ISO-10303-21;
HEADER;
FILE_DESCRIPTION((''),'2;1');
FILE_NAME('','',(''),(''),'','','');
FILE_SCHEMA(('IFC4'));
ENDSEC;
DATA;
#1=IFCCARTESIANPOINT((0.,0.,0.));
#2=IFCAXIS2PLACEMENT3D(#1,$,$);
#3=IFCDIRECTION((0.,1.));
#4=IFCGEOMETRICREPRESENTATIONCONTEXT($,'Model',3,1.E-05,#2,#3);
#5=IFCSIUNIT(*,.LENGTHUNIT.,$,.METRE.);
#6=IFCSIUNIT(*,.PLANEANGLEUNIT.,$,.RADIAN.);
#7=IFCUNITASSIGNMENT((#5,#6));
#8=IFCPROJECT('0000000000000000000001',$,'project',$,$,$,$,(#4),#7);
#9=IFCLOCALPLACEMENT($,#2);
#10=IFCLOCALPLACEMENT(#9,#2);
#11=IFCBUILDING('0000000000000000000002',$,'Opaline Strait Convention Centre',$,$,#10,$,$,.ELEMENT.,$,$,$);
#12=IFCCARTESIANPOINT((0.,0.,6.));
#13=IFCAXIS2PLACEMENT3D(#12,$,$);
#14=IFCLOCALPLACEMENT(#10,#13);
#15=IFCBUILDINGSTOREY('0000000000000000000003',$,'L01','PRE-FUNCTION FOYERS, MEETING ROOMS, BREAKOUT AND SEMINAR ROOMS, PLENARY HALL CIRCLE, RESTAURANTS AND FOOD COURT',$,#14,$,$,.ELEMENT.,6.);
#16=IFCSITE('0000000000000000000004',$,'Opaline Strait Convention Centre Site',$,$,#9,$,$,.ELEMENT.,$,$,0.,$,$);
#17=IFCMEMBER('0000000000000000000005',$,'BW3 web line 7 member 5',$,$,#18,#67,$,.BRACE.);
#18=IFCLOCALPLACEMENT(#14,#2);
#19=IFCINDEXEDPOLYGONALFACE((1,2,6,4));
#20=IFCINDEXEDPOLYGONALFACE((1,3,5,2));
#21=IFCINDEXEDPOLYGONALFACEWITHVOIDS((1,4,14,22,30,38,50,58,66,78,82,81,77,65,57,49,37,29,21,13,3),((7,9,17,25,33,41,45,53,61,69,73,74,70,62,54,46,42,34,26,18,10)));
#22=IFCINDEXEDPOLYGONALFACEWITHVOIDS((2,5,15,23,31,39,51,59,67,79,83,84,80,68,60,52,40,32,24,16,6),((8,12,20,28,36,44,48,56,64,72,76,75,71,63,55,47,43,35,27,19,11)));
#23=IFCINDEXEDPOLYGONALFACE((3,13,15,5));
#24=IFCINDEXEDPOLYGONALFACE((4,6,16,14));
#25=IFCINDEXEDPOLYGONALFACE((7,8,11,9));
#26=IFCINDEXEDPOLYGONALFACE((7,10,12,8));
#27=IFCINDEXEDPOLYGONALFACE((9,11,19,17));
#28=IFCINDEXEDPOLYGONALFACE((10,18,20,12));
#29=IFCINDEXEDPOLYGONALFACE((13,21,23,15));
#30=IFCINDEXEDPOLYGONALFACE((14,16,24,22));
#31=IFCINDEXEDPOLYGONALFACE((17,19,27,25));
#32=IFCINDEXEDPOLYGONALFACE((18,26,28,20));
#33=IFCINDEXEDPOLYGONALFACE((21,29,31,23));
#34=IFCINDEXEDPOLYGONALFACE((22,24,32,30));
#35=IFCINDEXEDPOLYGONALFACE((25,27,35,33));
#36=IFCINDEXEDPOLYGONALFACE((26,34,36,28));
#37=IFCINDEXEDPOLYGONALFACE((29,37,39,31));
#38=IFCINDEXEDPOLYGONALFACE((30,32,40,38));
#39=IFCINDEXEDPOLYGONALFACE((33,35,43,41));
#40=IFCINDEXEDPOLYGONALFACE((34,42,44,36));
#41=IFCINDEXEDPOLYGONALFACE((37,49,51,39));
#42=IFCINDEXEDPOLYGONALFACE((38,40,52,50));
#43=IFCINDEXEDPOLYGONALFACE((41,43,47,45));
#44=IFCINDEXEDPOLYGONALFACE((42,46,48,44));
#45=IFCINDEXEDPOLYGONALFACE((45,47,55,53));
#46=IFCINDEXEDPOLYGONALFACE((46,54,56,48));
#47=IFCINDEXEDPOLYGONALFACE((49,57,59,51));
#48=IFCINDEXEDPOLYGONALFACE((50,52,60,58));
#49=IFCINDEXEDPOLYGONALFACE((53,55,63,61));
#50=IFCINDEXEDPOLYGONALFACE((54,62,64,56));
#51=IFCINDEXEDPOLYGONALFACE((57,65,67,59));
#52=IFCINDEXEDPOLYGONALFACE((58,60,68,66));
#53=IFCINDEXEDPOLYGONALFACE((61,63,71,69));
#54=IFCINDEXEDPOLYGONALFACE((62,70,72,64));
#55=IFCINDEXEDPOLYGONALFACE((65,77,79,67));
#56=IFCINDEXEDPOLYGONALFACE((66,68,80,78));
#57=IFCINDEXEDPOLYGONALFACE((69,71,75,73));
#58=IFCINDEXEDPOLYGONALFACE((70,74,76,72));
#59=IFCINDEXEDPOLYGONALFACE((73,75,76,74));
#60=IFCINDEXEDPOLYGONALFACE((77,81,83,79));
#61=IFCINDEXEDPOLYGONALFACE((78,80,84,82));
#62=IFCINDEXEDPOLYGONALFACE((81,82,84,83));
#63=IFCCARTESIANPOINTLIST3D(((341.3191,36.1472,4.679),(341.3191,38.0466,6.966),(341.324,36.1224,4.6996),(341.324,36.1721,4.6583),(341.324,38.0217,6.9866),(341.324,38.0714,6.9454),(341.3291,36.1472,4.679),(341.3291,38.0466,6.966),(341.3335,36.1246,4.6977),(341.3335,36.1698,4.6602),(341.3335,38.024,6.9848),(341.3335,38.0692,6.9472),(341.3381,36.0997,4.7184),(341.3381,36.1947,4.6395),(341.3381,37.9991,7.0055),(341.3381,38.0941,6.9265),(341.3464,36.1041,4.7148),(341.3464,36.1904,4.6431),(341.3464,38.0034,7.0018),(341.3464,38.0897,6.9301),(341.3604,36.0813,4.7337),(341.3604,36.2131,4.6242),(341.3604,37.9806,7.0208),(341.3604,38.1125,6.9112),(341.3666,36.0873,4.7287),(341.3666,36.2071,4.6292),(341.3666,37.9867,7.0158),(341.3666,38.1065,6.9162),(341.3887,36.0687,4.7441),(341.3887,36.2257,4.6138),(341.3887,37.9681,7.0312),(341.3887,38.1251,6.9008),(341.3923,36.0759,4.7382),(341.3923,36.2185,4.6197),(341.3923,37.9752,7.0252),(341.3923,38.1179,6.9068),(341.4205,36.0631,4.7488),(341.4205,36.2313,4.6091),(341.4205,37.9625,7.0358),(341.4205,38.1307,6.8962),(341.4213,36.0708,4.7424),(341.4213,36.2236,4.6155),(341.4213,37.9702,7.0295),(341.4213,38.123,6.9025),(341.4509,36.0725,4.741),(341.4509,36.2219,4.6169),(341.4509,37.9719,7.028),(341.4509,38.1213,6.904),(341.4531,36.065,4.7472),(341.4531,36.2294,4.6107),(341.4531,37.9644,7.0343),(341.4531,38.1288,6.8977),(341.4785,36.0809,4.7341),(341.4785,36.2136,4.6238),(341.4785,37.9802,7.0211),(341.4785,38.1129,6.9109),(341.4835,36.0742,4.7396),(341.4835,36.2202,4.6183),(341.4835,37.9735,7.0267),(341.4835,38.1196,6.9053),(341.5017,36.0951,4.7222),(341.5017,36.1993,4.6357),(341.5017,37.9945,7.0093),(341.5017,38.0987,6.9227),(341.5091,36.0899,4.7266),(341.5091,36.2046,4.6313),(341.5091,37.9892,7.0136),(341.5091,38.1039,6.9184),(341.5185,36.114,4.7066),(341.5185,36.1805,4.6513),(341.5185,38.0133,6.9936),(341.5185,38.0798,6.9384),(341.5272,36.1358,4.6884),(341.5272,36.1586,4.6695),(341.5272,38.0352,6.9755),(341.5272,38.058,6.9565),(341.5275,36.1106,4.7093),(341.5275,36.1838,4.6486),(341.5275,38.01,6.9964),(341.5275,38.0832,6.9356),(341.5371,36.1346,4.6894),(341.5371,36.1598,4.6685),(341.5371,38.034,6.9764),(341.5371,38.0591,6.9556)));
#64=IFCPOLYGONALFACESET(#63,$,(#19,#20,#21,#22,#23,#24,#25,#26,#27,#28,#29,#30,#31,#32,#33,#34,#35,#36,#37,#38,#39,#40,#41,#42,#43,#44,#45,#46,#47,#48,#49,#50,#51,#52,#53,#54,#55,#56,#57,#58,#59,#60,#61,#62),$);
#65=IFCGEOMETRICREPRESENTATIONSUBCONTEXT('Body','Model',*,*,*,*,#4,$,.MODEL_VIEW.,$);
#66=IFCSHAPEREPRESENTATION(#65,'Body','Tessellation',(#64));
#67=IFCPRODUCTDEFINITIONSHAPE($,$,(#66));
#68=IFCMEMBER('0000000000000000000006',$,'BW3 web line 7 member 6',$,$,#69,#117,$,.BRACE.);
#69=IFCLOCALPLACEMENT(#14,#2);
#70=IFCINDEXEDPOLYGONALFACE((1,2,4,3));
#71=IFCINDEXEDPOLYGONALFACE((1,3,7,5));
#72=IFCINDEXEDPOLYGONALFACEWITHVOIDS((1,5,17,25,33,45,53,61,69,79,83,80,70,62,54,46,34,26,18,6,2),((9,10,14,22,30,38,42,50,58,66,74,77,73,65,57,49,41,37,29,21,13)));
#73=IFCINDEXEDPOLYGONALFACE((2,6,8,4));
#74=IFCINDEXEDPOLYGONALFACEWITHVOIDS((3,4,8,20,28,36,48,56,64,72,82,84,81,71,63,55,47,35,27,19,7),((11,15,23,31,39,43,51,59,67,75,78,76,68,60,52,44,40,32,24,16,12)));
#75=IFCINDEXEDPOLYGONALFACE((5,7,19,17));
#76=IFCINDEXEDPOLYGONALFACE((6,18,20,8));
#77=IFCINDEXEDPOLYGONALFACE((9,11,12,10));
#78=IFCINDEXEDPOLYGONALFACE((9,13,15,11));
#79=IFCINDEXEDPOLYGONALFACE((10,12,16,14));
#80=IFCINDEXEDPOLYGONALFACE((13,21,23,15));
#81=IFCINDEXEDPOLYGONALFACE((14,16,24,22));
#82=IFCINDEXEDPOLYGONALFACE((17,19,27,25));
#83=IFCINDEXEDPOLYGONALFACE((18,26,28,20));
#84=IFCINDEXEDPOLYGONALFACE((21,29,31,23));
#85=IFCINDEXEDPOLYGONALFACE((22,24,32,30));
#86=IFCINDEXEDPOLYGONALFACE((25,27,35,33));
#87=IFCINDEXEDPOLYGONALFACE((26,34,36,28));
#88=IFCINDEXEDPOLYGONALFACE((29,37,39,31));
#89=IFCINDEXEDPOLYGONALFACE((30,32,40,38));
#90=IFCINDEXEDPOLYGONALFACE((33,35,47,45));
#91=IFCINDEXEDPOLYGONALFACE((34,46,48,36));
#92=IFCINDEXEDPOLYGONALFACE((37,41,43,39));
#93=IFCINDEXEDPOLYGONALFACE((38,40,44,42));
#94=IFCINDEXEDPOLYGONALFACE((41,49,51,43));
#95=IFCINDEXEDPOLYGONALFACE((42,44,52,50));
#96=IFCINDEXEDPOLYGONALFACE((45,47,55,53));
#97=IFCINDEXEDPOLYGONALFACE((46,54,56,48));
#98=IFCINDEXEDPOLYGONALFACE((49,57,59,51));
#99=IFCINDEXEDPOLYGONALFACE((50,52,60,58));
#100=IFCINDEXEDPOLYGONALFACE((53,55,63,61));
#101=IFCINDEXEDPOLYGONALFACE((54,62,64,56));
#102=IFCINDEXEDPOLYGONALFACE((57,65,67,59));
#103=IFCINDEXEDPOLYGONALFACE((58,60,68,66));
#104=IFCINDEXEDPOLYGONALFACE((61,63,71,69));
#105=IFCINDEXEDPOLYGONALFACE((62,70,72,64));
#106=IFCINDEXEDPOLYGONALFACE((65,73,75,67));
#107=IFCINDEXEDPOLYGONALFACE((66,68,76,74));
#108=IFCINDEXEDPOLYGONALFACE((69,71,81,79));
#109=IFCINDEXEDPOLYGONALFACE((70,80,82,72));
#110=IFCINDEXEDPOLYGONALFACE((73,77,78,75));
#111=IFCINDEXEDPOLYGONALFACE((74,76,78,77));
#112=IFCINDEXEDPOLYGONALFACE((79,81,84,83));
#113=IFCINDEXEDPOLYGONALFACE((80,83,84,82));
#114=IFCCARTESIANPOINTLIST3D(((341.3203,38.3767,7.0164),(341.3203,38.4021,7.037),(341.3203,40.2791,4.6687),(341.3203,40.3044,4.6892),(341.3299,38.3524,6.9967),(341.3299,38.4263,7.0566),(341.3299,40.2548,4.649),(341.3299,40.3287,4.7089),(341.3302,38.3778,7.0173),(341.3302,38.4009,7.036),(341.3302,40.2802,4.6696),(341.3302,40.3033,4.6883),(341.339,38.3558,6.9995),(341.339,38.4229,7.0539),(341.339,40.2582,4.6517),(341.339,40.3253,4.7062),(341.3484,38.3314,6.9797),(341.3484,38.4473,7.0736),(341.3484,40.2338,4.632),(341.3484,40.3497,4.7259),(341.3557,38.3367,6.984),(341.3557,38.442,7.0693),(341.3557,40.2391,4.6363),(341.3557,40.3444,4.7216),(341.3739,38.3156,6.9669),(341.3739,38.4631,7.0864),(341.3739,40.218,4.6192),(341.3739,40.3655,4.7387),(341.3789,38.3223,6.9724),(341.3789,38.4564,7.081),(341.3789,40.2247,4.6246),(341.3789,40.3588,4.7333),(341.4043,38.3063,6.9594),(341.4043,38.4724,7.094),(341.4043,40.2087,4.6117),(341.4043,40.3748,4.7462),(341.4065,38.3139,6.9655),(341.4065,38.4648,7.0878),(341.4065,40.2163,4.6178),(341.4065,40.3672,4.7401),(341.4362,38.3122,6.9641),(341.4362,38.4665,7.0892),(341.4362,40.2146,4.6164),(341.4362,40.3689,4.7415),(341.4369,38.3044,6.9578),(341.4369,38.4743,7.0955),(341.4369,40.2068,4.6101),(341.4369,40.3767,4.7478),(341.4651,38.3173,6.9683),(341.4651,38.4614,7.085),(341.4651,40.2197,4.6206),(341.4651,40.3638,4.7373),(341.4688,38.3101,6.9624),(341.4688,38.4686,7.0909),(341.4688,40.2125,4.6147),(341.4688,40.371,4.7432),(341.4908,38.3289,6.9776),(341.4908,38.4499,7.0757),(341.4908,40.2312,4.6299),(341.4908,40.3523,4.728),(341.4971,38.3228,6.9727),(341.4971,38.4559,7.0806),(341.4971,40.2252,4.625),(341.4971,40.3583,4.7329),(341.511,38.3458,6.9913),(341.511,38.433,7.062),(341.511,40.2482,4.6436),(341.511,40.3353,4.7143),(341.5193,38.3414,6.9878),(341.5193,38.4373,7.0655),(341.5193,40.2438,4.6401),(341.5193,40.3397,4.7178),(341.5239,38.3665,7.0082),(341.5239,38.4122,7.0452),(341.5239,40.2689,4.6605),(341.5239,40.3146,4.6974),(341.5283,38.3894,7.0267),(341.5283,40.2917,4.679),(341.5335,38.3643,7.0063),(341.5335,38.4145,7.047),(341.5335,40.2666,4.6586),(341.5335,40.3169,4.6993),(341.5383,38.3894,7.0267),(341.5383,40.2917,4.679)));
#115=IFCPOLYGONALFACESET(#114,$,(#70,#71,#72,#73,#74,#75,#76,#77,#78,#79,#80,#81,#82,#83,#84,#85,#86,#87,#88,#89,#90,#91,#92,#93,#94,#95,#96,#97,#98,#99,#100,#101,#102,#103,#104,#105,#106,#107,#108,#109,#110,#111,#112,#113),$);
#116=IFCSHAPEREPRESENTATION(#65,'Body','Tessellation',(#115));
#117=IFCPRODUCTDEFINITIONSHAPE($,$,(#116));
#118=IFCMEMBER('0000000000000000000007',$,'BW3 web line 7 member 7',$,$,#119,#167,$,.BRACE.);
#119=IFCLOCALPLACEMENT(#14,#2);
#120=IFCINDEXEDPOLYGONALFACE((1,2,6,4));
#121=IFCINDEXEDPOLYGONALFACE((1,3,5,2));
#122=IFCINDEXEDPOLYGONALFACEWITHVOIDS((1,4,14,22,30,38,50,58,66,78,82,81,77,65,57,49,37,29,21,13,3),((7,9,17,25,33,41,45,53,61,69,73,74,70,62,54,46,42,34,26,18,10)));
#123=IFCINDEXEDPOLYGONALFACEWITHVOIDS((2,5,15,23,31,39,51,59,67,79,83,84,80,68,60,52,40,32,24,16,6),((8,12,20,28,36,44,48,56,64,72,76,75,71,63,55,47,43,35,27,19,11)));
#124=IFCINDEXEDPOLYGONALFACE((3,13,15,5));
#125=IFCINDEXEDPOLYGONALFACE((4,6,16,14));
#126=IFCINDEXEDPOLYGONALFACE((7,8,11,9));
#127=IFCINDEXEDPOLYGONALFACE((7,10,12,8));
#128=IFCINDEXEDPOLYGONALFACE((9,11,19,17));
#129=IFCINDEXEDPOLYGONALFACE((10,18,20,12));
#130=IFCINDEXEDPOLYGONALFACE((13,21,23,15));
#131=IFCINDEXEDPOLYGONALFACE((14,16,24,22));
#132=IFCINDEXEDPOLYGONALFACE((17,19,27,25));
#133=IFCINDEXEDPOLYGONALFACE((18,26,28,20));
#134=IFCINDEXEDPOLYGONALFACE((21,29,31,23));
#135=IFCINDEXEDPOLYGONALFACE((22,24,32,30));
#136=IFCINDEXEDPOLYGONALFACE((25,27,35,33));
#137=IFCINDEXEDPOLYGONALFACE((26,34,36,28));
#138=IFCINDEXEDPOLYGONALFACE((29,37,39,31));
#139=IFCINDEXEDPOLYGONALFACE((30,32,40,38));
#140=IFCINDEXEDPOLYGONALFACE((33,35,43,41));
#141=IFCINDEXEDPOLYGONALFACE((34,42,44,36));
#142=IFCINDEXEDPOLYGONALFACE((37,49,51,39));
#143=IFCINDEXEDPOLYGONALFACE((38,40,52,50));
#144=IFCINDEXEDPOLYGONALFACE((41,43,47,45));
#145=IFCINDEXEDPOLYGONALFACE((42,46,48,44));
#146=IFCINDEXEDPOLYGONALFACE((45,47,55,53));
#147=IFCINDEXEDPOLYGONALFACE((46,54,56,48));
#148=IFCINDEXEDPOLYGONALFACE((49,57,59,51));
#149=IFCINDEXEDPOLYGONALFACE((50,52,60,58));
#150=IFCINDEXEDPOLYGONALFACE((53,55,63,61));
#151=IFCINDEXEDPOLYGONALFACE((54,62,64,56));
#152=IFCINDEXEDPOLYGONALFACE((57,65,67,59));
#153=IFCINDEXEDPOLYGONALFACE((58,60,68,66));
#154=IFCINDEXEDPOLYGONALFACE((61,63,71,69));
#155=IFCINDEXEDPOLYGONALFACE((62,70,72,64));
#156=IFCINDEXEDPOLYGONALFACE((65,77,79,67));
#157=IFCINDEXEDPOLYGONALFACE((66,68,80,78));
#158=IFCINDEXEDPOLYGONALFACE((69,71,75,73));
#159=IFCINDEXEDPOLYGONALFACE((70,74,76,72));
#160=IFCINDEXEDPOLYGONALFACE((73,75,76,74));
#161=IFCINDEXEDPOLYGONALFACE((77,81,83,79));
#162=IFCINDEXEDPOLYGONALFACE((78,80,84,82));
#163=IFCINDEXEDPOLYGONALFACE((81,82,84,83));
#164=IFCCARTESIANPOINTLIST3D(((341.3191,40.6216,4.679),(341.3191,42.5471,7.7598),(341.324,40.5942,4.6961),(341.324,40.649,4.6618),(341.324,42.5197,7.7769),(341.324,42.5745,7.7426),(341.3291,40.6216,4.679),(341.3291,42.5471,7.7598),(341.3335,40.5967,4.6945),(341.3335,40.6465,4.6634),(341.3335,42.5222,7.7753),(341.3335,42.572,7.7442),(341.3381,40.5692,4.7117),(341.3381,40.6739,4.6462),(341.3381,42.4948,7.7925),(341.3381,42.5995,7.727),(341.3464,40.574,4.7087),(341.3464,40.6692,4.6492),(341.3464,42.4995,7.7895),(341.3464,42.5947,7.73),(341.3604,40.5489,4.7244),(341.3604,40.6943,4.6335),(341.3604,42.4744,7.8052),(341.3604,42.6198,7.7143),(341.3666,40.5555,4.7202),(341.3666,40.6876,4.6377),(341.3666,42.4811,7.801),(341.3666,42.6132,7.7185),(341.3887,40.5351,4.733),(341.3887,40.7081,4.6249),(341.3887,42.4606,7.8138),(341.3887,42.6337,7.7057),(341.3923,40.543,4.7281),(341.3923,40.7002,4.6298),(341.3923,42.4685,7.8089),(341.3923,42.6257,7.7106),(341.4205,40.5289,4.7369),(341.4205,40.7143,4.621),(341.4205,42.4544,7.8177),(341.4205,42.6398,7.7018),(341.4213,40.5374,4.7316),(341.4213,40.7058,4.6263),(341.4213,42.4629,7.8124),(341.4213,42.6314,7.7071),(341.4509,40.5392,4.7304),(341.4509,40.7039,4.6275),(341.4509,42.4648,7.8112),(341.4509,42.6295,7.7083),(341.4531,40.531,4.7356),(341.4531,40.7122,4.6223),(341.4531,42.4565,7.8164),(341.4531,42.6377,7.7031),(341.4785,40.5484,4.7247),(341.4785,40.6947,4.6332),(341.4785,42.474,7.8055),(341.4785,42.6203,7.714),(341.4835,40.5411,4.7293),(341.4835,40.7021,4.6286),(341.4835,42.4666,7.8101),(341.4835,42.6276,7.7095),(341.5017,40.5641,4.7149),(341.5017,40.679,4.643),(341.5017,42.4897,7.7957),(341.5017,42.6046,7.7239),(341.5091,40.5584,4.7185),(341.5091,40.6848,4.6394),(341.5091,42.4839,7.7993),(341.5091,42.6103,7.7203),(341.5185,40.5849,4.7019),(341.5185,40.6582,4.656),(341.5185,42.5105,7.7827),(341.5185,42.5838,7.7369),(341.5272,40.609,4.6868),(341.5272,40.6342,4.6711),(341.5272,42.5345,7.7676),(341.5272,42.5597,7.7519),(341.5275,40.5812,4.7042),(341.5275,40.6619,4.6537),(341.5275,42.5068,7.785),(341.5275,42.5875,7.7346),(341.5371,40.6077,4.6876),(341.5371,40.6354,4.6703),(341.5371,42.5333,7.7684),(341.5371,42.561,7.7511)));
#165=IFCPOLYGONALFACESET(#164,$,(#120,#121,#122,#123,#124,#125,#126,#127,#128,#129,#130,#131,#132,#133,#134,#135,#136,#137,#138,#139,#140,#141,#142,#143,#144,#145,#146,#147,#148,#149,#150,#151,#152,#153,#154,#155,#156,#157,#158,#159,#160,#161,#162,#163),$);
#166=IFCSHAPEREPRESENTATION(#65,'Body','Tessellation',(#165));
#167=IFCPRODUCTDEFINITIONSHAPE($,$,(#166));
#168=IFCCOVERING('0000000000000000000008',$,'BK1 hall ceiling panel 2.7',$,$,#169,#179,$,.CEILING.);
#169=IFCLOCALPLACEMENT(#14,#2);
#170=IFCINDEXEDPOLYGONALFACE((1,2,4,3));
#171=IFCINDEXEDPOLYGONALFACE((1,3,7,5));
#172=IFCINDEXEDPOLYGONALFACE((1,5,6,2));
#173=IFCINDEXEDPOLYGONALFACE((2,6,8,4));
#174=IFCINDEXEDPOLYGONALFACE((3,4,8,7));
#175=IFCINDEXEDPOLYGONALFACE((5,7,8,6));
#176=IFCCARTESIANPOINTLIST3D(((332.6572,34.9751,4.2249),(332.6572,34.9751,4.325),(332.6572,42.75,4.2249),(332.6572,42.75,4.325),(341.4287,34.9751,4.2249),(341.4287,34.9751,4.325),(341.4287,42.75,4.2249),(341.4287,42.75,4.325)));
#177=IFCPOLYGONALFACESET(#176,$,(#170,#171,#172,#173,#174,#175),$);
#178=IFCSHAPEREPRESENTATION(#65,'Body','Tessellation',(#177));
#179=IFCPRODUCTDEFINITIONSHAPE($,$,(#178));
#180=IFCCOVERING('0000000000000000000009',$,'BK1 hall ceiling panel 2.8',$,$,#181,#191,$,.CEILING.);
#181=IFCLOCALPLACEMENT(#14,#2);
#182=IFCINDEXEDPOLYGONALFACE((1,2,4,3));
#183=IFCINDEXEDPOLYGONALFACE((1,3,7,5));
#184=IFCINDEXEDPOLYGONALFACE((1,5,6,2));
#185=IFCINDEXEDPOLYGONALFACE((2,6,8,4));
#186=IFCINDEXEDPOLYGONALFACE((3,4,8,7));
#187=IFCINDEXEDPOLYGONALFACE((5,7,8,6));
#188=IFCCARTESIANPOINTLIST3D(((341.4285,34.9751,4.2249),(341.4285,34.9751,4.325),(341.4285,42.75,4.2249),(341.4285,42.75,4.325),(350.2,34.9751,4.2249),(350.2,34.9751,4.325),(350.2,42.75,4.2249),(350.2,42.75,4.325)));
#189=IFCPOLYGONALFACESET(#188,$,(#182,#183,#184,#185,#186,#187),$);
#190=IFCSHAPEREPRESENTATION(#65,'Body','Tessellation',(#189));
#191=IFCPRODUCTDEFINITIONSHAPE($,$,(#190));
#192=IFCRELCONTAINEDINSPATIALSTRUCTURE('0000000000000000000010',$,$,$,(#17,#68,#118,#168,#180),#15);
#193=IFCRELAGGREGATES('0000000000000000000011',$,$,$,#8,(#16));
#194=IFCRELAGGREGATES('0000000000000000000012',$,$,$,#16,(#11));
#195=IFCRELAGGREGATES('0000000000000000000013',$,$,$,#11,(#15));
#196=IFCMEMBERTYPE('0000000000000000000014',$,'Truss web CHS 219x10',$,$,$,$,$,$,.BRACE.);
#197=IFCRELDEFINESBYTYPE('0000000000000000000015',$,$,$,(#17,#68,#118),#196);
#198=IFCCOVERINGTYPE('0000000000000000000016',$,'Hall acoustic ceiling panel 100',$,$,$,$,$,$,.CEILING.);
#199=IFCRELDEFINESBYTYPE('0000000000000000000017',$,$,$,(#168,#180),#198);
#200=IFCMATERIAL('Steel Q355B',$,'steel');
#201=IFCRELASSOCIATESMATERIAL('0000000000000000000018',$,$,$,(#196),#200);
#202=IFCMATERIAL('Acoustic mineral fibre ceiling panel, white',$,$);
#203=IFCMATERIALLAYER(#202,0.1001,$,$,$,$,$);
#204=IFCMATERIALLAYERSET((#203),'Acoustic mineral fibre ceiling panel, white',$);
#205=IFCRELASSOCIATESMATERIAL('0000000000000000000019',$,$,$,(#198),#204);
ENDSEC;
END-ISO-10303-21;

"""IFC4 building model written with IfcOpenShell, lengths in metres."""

from ifc_helpers import new_model, si_unit, direction, frame, origin, origin_2d, place, context, subcontext, project, spatial, rectangle, hollow_circle, extrude, material, layer, layer_set, material_profile, profile_set, type_object, element, save


model = new_model("IFC4")

# Units and contexts
model_context = context("Model", 3, precision=1e-05, world=origin(), true_north=direction((0.0, 1.0)))
body_context = subcontext(model_context, "Body", "Model", "MODEL_VIEW")
ifc_project = project(units=[si_unit("LENGTHUNIT", "METRE"), si_unit("PLANEANGLEUNIT", "RADIAN")], contexts=[model_context])

# Site, building, storey
site_placement = place(None, origin())
site = spatial("IfcSite", under=ifc_project, at=site_placement, Name="Opaline Strait Convention Centre Site", CompositionType="ELEMENT", RefElevation=0.0)
building_placement = place(site_placement, origin())
building = spatial("IfcBuilding", under=site, at=building_placement, Name="Opaline Strait Convention Centre", CompositionType="ELEMENT")
storey_placement = place(building_placement, frame((0.0, 0.0, 6.0)))
storey = spatial("IfcBuildingStorey", under=building, at=storey_placement, Name="L01", Description="PRE-FUNCTION FOYERS, MEETING ROOMS, BREAKOUT AND SEMINAR ROOMS, PLENARY HALL CIRCLE, RESTAURANTS AND FOOD COURT", CompositionType="ELEMENT", Elevation=6.0)

# Members
ifc_material_1 = material(Name="Steel Q355B", Category="steel")
ifc_material_profile_1 = material_profile(ifc_material_1, hollow_circle(Radius=0.1096, WallThickness=0.01, at=origin_2d()), Name="CHS 219x10")
ifc_profile_set_1 = profile_set([ifc_material_profile_1], Name="Steel Q355B")
member_type_1 = type_object("IfcMemberType", Name="Truss web CHS 219x10", PredefinedType="BRACE", material=ifc_profile_set_1)
member_1_placement = place(storey_placement, frame((341.4287, 36.1472, 4.679), z_axis=(0.0, 0.638891, 0.769297), x_axis=(-1.0, 0.0, 0.0)))
element("IfcMember", 1, at=member_1_placement, inside=storey, type_object=member_type_1, Name="BW3 web line 7 member 5", PredefinedType="BRACE", context=body_context, shape_type="SweptSolid", body=[
    extrude(hollow_circle(Radius=0.1096, WallThickness=0.01, at=origin_2d()), origin(), (0.0, 0.0, 1.0), 2.9729),
])
member_2_placement = place(storey_placement, frame((341.4287, 40.2917, 4.679), z_axis=(0.0, -0.62957, 0.776944), x_axis=(1.0, 0.0, 0.0)))
element("IfcMember", 2, at=member_2_placement, inside=storey, type_object=member_type_1, Name="BW3 web line 7 member 6", PredefinedType="BRACE", context=body_context, shape_type="SweptSolid", body=[
    extrude(hollow_circle(Radius=0.1096, WallThickness=0.01, at=origin_2d()), origin(), (0.0, 0.0, 1.0), 3.0217),
])
member_3_placement = place(storey_placement, frame((341.4287, 40.6216, 4.679), z_axis=(0.0, 0.530005, 0.847995), x_axis=(-1.0, 0.0, 0.0)))
element("IfcMember", 3, at=member_3_placement, inside=storey, type_object=member_type_1, Name="BW3 web line 7 member 7", PredefinedType="BRACE", context=body_context, shape_type="SweptSolid", body=[
    extrude(hollow_circle(Radius=0.1096, WallThickness=0.01, at=origin_2d()), origin(), (0.0, 0.0, 1.0), 3.6331),
])

# Coverings
ifc_material_2 = material(Name="Acoustic mineral fibre ceiling panel, white")
ifc_layer_1 = layer(ifc_material_2, 0.1001)
ifc_layer_set_1 = layer_set([ifc_layer_1], Name="Acoustic mineral fibre ceiling panel, white")
covering_type = type_object("IfcCoveringType", Name="Hall acoustic ceiling panel 100", PredefinedType="CEILING", material=ifc_layer_set_1)
for number, where, z_axis, x_axis, name in (
    (4, (337.043, 38.8625, 4.2249), (0.0, 0.0, 1.0), (1.0, 0.0, 0.0), "BK1 hall ceiling panel 2.7"),
    (5, (345.8142, 38.8625, 4.2249), (0.0, 0.0, 1.0), (1.0, 0.0, 0.0), "BK1 hall ceiling panel 2.8"),
):
    element("IfcCovering", number, at=place(storey_placement, frame(where, z_axis=z_axis, x_axis=x_axis)), inside=storey, type_object=covering_type, Name=name, PredefinedType="CEILING", context=body_context, shape_type="SweptSolid", body=[
        extrude(rectangle(XDim=8.7715, YDim=7.7749, at=origin_2d()), origin(), (0.0, 0.0, 1.0), 0.1001),
    ])

save(model, "model.ifc")
